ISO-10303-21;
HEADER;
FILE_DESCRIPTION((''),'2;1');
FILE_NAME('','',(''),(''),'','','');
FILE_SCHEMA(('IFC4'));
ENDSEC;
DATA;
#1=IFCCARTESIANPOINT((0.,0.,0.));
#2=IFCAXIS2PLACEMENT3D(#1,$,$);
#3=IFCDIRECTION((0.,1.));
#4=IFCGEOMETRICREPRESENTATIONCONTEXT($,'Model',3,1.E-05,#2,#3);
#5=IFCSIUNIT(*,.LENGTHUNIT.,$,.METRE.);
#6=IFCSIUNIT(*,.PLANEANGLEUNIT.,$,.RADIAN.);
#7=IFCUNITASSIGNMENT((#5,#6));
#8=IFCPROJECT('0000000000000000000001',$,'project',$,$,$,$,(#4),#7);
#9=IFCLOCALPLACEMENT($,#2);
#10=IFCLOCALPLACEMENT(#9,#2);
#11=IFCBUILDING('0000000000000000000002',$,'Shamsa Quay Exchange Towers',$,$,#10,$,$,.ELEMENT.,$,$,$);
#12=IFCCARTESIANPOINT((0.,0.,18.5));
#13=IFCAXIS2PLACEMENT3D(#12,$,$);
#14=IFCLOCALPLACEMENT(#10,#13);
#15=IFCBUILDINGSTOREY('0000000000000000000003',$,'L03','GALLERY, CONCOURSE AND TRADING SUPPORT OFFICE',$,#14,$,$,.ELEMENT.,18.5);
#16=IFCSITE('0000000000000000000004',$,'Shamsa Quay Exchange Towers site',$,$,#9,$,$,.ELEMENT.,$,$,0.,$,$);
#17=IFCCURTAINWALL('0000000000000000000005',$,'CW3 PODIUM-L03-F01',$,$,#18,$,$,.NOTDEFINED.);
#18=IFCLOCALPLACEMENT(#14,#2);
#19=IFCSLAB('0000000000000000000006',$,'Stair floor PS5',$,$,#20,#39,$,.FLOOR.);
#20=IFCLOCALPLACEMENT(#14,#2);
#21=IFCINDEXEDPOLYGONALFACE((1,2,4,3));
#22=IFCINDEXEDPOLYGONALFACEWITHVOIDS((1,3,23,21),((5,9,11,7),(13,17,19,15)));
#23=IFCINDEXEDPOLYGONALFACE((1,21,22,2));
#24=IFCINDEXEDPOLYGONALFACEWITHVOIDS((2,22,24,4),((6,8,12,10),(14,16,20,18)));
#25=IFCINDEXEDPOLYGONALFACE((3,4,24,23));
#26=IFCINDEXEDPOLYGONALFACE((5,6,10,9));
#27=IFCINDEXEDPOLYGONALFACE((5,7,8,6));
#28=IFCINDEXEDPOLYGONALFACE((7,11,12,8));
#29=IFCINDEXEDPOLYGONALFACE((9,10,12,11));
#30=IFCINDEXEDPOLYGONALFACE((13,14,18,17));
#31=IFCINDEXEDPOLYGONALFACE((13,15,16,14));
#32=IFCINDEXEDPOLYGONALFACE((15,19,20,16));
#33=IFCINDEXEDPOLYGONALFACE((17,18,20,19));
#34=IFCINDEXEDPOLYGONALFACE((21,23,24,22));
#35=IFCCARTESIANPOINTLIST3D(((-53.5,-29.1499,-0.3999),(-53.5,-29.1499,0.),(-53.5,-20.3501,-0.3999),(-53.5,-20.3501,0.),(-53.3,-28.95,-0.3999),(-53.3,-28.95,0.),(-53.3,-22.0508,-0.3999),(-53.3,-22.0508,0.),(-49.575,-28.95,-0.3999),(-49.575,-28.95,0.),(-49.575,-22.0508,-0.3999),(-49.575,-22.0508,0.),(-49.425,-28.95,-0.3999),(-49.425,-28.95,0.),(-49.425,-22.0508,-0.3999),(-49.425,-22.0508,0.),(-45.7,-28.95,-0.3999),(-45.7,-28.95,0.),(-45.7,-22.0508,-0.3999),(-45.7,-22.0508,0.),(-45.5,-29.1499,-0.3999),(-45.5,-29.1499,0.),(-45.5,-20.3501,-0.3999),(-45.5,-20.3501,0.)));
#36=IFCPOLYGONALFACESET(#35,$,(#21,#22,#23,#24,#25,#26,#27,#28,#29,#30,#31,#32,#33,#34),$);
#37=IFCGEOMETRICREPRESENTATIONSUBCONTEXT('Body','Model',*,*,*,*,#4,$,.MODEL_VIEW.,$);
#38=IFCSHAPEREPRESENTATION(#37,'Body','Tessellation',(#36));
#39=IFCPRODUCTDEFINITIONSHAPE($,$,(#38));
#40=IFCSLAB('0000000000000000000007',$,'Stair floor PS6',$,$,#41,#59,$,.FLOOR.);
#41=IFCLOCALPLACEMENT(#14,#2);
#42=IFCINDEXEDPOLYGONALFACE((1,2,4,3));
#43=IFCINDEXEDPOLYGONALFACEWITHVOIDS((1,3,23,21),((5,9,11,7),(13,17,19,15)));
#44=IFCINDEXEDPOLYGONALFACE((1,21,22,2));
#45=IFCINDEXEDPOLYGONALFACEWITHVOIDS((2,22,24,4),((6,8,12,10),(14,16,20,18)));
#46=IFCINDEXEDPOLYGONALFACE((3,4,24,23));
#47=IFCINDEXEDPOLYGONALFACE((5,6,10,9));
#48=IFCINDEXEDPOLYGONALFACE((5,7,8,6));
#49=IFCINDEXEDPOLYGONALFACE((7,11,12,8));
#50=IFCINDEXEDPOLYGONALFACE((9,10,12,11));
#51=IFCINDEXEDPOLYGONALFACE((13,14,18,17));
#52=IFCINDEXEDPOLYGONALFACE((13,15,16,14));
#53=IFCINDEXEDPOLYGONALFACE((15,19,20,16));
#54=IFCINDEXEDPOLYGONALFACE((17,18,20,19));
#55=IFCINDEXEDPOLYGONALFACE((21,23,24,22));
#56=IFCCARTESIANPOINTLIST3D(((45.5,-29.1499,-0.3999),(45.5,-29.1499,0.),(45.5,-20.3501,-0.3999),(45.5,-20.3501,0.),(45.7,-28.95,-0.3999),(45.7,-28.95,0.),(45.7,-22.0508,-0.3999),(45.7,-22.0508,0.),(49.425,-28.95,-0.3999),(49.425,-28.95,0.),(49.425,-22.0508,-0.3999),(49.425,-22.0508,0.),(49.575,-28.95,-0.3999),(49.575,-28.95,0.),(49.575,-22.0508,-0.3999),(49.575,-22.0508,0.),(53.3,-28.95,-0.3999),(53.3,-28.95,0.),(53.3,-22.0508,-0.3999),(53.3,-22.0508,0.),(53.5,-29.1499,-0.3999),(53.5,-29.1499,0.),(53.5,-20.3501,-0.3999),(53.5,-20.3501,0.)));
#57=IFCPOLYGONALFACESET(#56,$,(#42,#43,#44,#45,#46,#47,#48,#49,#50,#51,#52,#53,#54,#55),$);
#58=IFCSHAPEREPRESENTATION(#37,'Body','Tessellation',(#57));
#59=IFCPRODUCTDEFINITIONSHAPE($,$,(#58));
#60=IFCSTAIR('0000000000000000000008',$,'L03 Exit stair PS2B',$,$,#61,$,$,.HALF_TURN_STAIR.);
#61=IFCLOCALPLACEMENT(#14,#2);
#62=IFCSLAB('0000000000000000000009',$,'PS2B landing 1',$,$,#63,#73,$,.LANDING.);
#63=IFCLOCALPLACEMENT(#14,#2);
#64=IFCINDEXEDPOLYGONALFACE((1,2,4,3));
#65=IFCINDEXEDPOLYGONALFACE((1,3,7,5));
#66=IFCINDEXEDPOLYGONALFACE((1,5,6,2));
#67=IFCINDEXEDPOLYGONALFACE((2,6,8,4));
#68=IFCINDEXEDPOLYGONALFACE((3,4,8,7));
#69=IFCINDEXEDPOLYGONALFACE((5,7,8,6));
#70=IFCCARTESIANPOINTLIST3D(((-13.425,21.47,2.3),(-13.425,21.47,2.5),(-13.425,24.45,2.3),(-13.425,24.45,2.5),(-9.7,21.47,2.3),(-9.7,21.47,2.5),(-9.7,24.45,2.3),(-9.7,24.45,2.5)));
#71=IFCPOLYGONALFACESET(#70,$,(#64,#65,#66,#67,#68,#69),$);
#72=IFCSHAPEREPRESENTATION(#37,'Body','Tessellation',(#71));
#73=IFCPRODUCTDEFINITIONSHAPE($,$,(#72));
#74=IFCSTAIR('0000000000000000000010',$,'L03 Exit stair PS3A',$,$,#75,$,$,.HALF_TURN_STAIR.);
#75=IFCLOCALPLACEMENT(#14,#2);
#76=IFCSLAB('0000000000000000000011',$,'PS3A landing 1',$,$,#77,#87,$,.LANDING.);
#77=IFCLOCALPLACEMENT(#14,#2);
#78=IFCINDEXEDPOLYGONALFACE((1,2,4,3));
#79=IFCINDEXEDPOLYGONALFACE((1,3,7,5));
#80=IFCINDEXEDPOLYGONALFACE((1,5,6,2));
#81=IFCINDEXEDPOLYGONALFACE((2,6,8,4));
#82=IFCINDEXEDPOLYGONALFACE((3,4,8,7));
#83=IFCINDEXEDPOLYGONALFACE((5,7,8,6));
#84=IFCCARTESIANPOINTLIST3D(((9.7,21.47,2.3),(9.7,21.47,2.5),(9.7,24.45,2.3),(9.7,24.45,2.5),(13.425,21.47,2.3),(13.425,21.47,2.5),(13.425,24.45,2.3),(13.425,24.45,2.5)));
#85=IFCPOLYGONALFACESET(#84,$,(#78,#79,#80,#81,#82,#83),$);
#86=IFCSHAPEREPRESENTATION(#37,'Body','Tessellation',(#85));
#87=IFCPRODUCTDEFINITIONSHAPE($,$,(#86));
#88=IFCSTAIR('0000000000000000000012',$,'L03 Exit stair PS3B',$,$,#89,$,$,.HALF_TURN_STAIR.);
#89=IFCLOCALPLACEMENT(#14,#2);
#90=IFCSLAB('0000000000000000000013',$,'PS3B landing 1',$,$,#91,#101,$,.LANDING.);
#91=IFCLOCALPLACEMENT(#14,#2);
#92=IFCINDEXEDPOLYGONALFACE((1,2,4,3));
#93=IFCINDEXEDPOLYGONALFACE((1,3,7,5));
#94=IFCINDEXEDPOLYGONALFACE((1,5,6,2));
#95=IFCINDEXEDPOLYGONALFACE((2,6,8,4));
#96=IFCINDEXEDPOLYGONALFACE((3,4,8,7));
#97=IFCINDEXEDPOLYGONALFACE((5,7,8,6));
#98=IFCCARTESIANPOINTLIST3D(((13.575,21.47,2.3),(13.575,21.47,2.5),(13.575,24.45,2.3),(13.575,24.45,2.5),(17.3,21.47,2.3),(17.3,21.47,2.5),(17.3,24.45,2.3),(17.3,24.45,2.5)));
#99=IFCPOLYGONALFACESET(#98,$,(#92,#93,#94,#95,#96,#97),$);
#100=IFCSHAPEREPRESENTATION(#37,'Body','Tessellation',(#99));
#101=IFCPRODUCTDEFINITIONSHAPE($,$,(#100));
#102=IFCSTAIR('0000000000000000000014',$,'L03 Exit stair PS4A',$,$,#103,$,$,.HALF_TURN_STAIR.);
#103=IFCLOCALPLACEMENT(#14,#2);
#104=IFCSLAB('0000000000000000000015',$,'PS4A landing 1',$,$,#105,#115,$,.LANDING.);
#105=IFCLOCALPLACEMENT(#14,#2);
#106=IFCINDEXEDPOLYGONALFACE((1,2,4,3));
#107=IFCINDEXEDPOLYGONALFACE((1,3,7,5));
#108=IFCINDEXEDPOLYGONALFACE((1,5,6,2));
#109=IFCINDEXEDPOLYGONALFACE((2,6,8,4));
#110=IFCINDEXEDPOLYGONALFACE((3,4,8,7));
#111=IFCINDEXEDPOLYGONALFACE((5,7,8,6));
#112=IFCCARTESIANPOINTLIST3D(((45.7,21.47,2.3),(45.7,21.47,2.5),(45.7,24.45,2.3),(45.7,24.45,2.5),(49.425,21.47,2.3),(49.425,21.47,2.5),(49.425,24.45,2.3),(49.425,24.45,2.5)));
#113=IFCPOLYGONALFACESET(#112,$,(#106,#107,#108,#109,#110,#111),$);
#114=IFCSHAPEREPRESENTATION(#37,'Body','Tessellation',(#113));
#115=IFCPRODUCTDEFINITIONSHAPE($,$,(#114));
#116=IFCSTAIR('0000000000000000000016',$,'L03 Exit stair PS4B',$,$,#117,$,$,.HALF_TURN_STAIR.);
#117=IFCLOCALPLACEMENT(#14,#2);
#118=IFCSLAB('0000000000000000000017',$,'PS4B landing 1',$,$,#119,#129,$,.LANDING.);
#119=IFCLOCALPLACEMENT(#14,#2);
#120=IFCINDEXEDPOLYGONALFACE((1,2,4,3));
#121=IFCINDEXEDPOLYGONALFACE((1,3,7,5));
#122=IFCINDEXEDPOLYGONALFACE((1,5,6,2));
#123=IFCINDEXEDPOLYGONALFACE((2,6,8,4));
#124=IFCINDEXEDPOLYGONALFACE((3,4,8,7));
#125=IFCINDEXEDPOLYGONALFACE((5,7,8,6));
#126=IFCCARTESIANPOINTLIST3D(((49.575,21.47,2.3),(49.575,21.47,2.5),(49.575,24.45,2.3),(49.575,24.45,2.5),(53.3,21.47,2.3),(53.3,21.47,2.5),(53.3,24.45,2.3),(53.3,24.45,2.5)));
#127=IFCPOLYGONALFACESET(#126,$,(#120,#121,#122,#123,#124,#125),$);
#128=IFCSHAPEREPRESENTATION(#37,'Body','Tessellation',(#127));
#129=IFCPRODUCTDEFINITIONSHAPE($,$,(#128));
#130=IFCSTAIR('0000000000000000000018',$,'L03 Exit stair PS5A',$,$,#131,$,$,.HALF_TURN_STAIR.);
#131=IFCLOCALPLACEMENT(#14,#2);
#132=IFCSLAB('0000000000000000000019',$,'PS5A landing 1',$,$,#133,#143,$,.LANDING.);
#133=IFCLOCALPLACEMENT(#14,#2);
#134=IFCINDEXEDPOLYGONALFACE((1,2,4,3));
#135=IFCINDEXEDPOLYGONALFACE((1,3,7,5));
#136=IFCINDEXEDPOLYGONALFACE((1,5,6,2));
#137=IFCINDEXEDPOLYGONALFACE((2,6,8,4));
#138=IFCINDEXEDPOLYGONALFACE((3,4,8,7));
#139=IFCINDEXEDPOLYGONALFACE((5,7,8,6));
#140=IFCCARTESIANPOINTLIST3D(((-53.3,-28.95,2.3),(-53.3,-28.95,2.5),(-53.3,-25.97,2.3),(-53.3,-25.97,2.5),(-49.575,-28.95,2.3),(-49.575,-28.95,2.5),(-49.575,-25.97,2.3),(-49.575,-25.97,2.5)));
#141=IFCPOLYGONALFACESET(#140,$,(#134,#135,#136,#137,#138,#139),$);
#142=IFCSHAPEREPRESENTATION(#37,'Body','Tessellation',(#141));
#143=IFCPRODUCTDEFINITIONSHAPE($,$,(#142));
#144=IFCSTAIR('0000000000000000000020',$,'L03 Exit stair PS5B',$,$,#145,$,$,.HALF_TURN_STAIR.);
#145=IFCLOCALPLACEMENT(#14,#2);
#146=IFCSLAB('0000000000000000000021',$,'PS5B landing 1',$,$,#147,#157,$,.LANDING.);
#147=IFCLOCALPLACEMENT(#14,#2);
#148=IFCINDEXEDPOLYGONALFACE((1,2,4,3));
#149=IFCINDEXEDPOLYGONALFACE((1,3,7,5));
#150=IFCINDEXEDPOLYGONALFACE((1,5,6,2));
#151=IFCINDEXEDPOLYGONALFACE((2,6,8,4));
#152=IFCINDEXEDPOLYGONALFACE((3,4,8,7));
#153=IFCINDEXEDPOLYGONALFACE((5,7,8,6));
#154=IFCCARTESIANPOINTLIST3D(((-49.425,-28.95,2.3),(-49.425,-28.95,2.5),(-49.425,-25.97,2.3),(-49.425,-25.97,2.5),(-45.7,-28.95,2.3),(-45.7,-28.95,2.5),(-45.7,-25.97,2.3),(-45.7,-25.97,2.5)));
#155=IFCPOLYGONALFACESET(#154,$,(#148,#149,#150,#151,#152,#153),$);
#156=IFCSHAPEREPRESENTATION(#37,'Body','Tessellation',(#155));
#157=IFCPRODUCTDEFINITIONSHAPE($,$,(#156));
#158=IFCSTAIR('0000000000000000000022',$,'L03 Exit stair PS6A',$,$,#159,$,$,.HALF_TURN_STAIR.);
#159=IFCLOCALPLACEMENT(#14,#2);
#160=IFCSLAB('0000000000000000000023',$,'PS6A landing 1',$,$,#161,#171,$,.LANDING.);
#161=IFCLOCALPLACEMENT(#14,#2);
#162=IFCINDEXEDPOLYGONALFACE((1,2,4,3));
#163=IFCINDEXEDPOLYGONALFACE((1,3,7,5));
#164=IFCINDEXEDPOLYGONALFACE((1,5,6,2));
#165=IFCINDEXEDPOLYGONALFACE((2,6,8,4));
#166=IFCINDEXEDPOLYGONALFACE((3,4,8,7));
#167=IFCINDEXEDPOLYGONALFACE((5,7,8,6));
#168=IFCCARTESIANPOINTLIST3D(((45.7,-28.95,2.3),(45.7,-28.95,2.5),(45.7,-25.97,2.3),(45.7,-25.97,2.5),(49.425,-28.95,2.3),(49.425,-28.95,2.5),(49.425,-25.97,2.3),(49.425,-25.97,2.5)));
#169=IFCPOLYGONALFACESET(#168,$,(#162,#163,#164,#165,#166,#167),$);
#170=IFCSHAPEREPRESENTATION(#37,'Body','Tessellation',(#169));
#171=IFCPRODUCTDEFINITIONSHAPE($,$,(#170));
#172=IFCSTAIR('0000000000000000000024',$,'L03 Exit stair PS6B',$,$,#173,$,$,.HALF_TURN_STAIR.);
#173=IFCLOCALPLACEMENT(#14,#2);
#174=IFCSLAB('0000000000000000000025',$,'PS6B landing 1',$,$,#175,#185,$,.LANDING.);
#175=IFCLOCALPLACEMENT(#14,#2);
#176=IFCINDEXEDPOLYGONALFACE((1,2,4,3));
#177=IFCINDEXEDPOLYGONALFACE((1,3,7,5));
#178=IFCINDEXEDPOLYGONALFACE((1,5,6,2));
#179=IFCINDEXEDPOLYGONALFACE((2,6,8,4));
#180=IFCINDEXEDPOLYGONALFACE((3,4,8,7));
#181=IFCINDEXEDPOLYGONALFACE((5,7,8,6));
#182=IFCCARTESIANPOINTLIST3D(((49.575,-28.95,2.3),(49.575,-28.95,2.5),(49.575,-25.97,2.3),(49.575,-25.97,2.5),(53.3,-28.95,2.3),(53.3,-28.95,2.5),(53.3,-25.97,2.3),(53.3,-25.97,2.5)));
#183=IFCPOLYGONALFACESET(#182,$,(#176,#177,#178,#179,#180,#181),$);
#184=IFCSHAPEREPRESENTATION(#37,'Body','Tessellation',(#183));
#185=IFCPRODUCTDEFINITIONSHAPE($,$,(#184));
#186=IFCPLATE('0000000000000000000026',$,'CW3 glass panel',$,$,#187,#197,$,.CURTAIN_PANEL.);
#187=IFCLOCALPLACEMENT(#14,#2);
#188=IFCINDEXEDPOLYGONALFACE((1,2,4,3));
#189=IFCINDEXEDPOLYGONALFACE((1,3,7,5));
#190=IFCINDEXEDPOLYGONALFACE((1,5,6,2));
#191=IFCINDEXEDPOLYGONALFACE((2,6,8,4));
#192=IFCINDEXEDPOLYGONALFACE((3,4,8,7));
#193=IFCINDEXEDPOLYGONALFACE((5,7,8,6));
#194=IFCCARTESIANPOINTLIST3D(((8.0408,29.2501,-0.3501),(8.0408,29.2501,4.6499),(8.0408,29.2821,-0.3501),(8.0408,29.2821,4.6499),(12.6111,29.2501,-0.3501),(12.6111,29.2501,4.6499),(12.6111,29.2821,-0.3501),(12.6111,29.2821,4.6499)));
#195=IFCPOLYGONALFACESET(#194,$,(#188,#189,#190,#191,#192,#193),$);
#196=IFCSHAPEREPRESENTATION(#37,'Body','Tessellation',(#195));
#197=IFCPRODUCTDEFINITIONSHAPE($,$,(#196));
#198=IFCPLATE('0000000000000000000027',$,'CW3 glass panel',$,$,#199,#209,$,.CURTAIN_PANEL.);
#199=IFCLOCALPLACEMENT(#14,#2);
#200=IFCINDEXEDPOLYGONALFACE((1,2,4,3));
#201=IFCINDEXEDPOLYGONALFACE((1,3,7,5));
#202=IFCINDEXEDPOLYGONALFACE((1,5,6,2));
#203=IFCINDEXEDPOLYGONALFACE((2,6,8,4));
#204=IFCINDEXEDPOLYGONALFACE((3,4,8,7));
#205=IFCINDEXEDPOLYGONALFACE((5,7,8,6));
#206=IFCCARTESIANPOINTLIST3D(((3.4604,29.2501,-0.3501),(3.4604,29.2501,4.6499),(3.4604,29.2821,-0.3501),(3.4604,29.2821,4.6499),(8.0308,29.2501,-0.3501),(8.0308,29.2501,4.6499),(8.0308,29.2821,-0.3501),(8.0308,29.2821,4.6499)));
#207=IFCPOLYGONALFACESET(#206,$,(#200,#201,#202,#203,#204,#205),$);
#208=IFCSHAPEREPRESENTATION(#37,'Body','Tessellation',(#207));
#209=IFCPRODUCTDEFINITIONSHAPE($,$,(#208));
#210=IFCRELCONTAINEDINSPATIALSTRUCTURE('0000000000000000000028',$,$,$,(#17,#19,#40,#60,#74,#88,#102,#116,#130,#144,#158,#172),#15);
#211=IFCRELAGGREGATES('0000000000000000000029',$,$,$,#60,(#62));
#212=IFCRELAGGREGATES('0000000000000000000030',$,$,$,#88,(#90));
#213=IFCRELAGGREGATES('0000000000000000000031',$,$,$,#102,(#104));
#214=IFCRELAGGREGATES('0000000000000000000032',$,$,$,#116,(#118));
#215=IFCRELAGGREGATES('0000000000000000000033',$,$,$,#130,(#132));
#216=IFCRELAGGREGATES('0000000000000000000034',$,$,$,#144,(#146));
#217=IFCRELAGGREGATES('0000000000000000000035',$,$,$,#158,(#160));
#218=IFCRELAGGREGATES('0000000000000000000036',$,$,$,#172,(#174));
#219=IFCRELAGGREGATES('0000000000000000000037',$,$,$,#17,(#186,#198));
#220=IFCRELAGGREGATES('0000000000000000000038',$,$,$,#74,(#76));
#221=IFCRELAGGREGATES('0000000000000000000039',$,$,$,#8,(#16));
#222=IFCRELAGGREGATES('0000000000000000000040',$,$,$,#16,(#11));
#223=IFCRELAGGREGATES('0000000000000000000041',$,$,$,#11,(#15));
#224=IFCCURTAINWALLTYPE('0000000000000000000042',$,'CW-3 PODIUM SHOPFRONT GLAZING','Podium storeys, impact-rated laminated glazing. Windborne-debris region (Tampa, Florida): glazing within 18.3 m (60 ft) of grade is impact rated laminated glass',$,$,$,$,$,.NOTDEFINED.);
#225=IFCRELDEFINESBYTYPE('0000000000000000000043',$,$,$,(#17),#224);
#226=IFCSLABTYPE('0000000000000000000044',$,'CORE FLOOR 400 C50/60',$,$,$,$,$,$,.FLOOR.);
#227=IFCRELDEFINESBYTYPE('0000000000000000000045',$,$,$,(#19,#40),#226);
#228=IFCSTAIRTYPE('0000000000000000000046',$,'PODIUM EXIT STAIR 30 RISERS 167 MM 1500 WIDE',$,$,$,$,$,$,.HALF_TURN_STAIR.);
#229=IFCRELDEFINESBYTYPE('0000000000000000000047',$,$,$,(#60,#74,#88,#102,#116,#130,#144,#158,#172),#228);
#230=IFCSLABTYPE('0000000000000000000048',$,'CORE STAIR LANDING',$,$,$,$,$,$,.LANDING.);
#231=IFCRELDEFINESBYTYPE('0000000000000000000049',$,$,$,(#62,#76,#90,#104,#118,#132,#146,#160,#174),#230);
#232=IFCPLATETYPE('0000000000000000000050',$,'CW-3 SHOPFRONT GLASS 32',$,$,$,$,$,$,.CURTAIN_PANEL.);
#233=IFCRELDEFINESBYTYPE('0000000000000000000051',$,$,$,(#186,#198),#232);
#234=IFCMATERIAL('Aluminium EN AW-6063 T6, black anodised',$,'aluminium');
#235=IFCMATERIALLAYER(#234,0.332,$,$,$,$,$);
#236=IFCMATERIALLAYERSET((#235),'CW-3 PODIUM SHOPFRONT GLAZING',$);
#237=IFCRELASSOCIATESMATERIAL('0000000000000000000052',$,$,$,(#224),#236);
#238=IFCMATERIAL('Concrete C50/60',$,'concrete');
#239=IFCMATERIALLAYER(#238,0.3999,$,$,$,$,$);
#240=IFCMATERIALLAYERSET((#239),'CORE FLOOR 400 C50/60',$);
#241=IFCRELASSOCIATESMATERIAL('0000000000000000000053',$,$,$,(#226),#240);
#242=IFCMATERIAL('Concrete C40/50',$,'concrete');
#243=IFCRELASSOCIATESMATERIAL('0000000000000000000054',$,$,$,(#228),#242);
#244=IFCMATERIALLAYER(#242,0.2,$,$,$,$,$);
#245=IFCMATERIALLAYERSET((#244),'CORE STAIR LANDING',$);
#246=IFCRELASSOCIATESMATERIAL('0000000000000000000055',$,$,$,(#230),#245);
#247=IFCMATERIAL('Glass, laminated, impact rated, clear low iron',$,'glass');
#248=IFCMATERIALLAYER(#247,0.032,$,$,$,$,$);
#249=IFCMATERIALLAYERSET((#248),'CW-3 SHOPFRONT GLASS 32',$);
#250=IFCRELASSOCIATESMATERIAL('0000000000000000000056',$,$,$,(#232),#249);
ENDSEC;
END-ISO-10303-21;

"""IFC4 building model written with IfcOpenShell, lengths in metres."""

from ifc_helpers import new_model, si_unit, direction, frame, origin, origin_2d, place, context, subcontext, project, spatial, polyline, rectangle, outline, extrude, material, layer, layer_set, type_object, element, aggregate, save


model = new_model("IFC4")

# Units and contexts
model_context = context("Model", 3, precision=1e-05, world=origin(), true_north=direction((0.0, 1.0)))
body_context = subcontext(model_context, "Body", "Model", "MODEL_VIEW")
ifc_project = project(units=[si_unit("LENGTHUNIT", "METRE"), si_unit("PLANEANGLEUNIT", "RADIAN")], contexts=[model_context])

# Site, building, storey
site_placement = place(None, origin())
site = spatial("IfcSite", under=ifc_project, at=site_placement, Name="Shamsa Quay Exchange Towers site", CompositionType="ELEMENT", RefElevation=0.0)
building_placement = place(site_placement, origin())
building = spatial("IfcBuilding", under=site, at=building_placement, Name="Shamsa Quay Exchange Towers", CompositionType="ELEMENT")
storey_placement = place(building_placement, frame((0.0, 0.0, 18.5)))
storey = spatial("IfcBuildingStorey", under=building, at=storey_placement, Name="L03", Description="GALLERY, CONCOURSE AND TRADING SUPPORT OFFICE", CompositionType="ELEMENT", Elevation=18.5)

# Curtain wall
ifc_material_1 = material(Name="Aluminium EN AW-6063 T6, black anodised", Category="aluminium")
ifc_layer_1 = layer(ifc_material_1, 0.332)
ifc_layer_set_1 = layer_set([ifc_layer_1], Name="CW-3 PODIUM SHOPFRONT GLAZING")
curtain_wall_type = type_object("IfcCurtainWallType", Name="CW-3 PODIUM SHOPFRONT GLAZING", Description="Podium storeys, impact-rated laminated glazing. Windborne-debris region (Tampa, Florida): glazing within 18.3 m (60 ft) of grade is impact rated laminated glass", PredefinedType="NOTDEFINED", material=ifc_layer_set_1)
curtain_wall_placement = place(storey_placement, origin())
curtain_wall = element("IfcCurtainWall", 1, at=curtain_wall_placement, inside=storey, type_object=curtain_wall_type, Name="CW3 PODIUM-L03-F01", PredefinedType="NOTDEFINED")

# Slabs
ifc_material_2 = material(Name="Concrete C50/60", Category="concrete")
ifc_layer_2 = layer(ifc_material_2, 0.3999)
ifc_layer_set_2 = layer_set([ifc_layer_2], Name="CORE FLOOR 400 C50/60")
slab_type_1 = type_object("IfcSlabType", Name="CORE FLOOR 400 C50/60", PredefinedType="FLOOR", material=ifc_layer_set_2)
slab_1_placement = place(storey_placement, frame((0.0, 0.0, -0.3999)))
element("IfcSlab", 2, at=slab_1_placement, inside=storey, type_object=slab_type_1, Name="Stair floor PS5", PredefinedType="FLOOR", context=body_context, shape_type="SweptSolid", body=[
    extrude(outline(polyline([(-53.5, -29.1499), (-45.5, -29.1499), (-45.5, -20.3501), (-53.5, -20.3501), (-53.5, -29.1499)]), holes=[polyline([(-53.3, -22.0508), (-49.575, -22.0508), (-49.575, -28.95), (-53.3, -28.95), (-53.3, -22.0508)]), polyline([(-49.425, -22.0508), (-45.7, -22.0508), (-45.7, -28.95), (-49.425, -28.95), (-49.425, -22.0508)])]), origin(), (0.0, 0.0, 1.0), 0.3999),
])
slab_2_placement = place(storey_placement, frame((0.0, 0.0, -0.3999)))
element("IfcSlab", 3, at=slab_2_placement, inside=storey, type_object=slab_type_1, Name="Stair floor PS6", PredefinedType="FLOOR", context=body_context, shape_type="SweptSolid", body=[
    extrude(outline(polyline([(45.5, -29.1499), (53.5, -29.1499), (53.5, -20.3501), (45.5, -20.3501), (45.5, -29.1499)]), holes=[polyline([(45.7, -22.0508), (49.425, -22.0508), (49.425, -28.95), (45.7, -28.95), (45.7, -22.0508)]), polyline([(49.575, -22.0508), (53.3, -22.0508), (53.3, -28.95), (49.575, -28.95), (49.575, -22.0508)])]), origin(), (0.0, 0.0, 1.0), 0.3999),
])

# Stairs, slabs
ifc_material_3 = material(Name="Concrete C40/50", Category="concrete")
stair_type = type_object("IfcStairType", Name="PODIUM EXIT STAIR 30 RISERS 167 MM 1500 WIDE", PredefinedType="HALF_TURN_STAIR", material=ifc_material_3)
stair_1_placement = place(storey_placement, origin())
stair_1 = element("IfcStair", 4, at=stair_1_placement, inside=storey, type_object=stair_type, Name="L03 Exit stair PS2B", PredefinedType="HALF_TURN_STAIR")
ifc_layer_3 = layer(ifc_material_3, 0.2)
ifc_layer_set_3 = layer_set([ifc_layer_3], Name="CORE STAIR LANDING")
slab_type_2 = type_object("IfcSlabType", Name="CORE STAIR LANDING", PredefinedType="LANDING", material=ifc_layer_set_3)
slab_3_placement = place(storey_placement, frame((0.0, 0.0, 2.3)))
slab_3 = element("IfcSlab", 5, at=slab_3_placement, type_object=slab_type_2, Name="PS2B landing 1", PredefinedType="LANDING", context=body_context, shape_type="SweptSolid", body=[
    extrude(outline(polyline([(-9.7, 21.47), (-9.7, 24.45), (-13.425, 24.45), (-13.425, 21.47), (-9.7, 21.47)])), origin(), (0.0, 0.0, 1.0), 0.2),
])
aggregate(stair_1, [slab_3])
stair_2_placement = place(storey_placement, origin())
stair_2 = element("IfcStair", 6, at=stair_2_placement, inside=storey, type_object=stair_type, Name="L03 Exit stair PS3A", PredefinedType="HALF_TURN_STAIR")
slab_4_placement = place(storey_placement, frame((0.0, 0.0, 2.3)))
slab_4 = element("IfcSlab", 7, at=slab_4_placement, type_object=slab_type_2, Name="PS3A landing 1", PredefinedType="LANDING", context=body_context, shape_type="SweptSolid", body=[
    extrude(outline(polyline([(13.425, 21.47), (13.425, 24.45), (9.7, 24.45), (9.7, 21.47), (13.425, 21.47)])), origin(), (0.0, 0.0, 1.0), 0.2),
])
stair_3_placement = place(storey_placement, origin())
stair_3 = element("IfcStair", 8, at=stair_3_placement, inside=storey, type_object=stair_type, Name="L03 Exit stair PS3B", PredefinedType="HALF_TURN_STAIR")
slab_5_placement = place(storey_placement, frame((0.0, 0.0, 2.3)))
slab_5 = element("IfcSlab", 9, at=slab_5_placement, type_object=slab_type_2, Name="PS3B landing 1", PredefinedType="LANDING", context=body_context, shape_type="SweptSolid", body=[
    extrude(outline(polyline([(17.3, 21.47), (17.3, 24.45), (13.575, 24.45), (13.575, 21.47), (17.3, 21.47)])), origin(), (0.0, 0.0, 1.0), 0.2),
])
aggregate(stair_3, [slab_5])
stair_4_placement = place(storey_placement, origin())
stair_4 = element("IfcStair", 10, at=stair_4_placement, inside=storey, type_object=stair_type, Name="L03 Exit stair PS4A", PredefinedType="HALF_TURN_STAIR")
slab_6_placement = place(storey_placement, frame((0.0, 0.0, 2.3)))
slab_6 = element("IfcSlab", 11, at=slab_6_placement, type_object=slab_type_2, Name="PS4A landing 1", PredefinedType="LANDING", context=body_context, shape_type="SweptSolid", body=[
    extrude(outline(polyline([(49.425, 21.47), (49.425, 24.45), (45.7, 24.45), (45.7, 21.47), (49.425, 21.47)])), origin(), (0.0, 0.0, 1.0), 0.2),
])
aggregate(stair_4, [slab_6])
stair_5_placement = place(storey_placement, origin())
stair_5 = element("IfcStair", 12, at=stair_5_placement, inside=storey, type_object=stair_type, Name="L03 Exit stair PS4B", PredefinedType="HALF_TURN_STAIR")
slab_7_placement = place(storey_placement, frame((0.0, 0.0, 2.3)))
slab_7 = element("IfcSlab", 13, at=slab_7_placement, type_object=slab_type_2, Name="PS4B landing 1", PredefinedType="LANDING", context=body_context, shape_type="SweptSolid", body=[
    extrude(outline(polyline([(53.3, 21.47), (53.3, 24.45), (49.575, 24.45), (49.575, 21.47), (53.3, 21.47)])), origin(), (0.0, 0.0, 1.0), 0.2),
])
aggregate(stair_5, [slab_7])
stair_6_placement = place(storey_placement, origin())
stair_6 = element("IfcStair", 14, at=stair_6_placement, inside=storey, type_object=stair_type, Name="L03 Exit stair PS5A", PredefinedType="HALF_TURN_STAIR")
slab_8_placement = place(storey_placement, frame((0.0, 0.0, 2.3)))
slab_8 = element("IfcSlab", 15, at=slab_8_placement, type_object=slab_type_2, Name="PS5A landing 1", PredefinedType="LANDING", context=body_context, shape_type="SweptSolid", body=[
    extrude(outline(polyline([(-53.3, -25.97), (-53.3, -28.95), (-49.575, -28.95), (-49.575, -25.97), (-53.3, -25.97)])), origin(), (0.0, 0.0, 1.0), 0.2),
])
aggregate(stair_6, [slab_8])
stair_7_placement = place(storey_placement, origin())
stair_7 = element("IfcStair", 16, at=stair_7_placement, inside=storey, type_object=stair_type, Name="L03 Exit stair PS5B", PredefinedType="HALF_TURN_STAIR")
slab_9_placement = place(storey_placement, frame((0.0, 0.0, 2.3)))
slab_9 = element("IfcSlab", 17, at=slab_9_placement, type_object=slab_type_2, Name="PS5B landing 1", PredefinedType="LANDING", context=body_context, shape_type="SweptSolid", body=[
    extrude(outline(polyline([(-49.425, -25.97), (-49.425, -28.95), (-45.7, -28.95), (-45.7, -25.97), (-49.425, -25.97)])), origin(), (0.0, 0.0, 1.0), 0.2),
])
aggregate(stair_7, [slab_9])
stair_8_placement = place(storey_placement, origin())
stair_8 = element("IfcStair", 18, at=stair_8_placement, inside=storey, type_object=stair_type, Name="L03 Exit stair PS6A", PredefinedType="HALF_TURN_STAIR")
slab_10_placement = place(storey_placement, frame((0.0, 0.0, 2.3)))
slab_10 = element("IfcSlab", 19, at=slab_10_placement, type_object=slab_type_2, Name="PS6A landing 1", PredefinedType="LANDING", context=body_context, shape_type="SweptSolid", body=[
    extrude(outline(polyline([(45.7, -25.97), (45.7, -28.95), (49.425, -28.95), (49.425, -25.97), (45.7, -25.97)])), origin(), (0.0, 0.0, 1.0), 0.2),
])
aggregate(stair_8, [slab_10])
stair_9_placement = place(storey_placement, origin())
stair_9 = element("IfcStair", 20, at=stair_9_placement, inside=storey, type_object=stair_type, Name="L03 Exit stair PS6B", PredefinedType="HALF_TURN_STAIR")
slab_11_placement = place(storey_placement, frame((0.0, 0.0, 2.3)))
slab_11 = element("IfcSlab", 21, at=slab_11_placement, type_object=slab_type_2, Name="PS6B landing 1", PredefinedType="LANDING", context=body_context, shape_type="SweptSolid", body=[
    extrude(outline(polyline([(49.575, -25.97), (49.575, -28.95), (53.3, -28.95), (53.3, -25.97), (49.575, -25.97)])), origin(), (0.0, 0.0, 1.0), 0.2),
])
aggregate(stair_9, [slab_11])

# Plates
ifc_material_4 = material(Name="Glass, laminated, impact rated, clear low iron", Category="glass")
ifc_layer_4 = layer(ifc_material_4, 0.032)
ifc_layer_set_4 = layer_set([ifc_layer_4], Name="CW-3 SHOPFRONT GLASS 32")
plate_type = type_object("IfcPlateType", Name="CW-3 SHOPFRONT GLASS 32", PredefinedType="CURTAIN_PANEL", material=ifc_layer_set_4)
plate_1_placement = place(storey_placement, frame((10.3259, 29.2661, -0.3501), z_axis=(0.0, 0.0, 1.0), x_axis=(-1.0, 0.0, 0.0)))
plate_1 = element("IfcPlate", 22, at=plate_1_placement, type_object=plate_type, Name="CW3 glass panel", PredefinedType="CURTAIN_PANEL", context=body_context, shape_type="SweptSolid", body=[
    extrude(rectangle(XDim=4.5703, YDim=0.032, at=origin_2d()), origin(), (0.0, 0.0, 1.0), 5.0),
])
plate_2_placement = place(storey_placement, frame((5.7456, 29.2661, -0.3501), z_axis=(0.0, 0.0, 1.0), x_axis=(-1.0, 0.0, 0.0)))
plate_2 = element("IfcPlate", 23, at=plate_2_placement, type_object=plate_type, Name="CW3 glass panel", PredefinedType="CURTAIN_PANEL", context=body_context, shape_type="SweptSolid", body=[
    extrude(rectangle(XDim=4.5703, YDim=0.032, at=origin_2d()), origin(), (0.0, 0.0, 1.0), 5.0),
])
aggregate(curtain_wall, [plate_1, plate_2])

aggregate(stair_2, [slab_4])

save(model, "model.ifc")
